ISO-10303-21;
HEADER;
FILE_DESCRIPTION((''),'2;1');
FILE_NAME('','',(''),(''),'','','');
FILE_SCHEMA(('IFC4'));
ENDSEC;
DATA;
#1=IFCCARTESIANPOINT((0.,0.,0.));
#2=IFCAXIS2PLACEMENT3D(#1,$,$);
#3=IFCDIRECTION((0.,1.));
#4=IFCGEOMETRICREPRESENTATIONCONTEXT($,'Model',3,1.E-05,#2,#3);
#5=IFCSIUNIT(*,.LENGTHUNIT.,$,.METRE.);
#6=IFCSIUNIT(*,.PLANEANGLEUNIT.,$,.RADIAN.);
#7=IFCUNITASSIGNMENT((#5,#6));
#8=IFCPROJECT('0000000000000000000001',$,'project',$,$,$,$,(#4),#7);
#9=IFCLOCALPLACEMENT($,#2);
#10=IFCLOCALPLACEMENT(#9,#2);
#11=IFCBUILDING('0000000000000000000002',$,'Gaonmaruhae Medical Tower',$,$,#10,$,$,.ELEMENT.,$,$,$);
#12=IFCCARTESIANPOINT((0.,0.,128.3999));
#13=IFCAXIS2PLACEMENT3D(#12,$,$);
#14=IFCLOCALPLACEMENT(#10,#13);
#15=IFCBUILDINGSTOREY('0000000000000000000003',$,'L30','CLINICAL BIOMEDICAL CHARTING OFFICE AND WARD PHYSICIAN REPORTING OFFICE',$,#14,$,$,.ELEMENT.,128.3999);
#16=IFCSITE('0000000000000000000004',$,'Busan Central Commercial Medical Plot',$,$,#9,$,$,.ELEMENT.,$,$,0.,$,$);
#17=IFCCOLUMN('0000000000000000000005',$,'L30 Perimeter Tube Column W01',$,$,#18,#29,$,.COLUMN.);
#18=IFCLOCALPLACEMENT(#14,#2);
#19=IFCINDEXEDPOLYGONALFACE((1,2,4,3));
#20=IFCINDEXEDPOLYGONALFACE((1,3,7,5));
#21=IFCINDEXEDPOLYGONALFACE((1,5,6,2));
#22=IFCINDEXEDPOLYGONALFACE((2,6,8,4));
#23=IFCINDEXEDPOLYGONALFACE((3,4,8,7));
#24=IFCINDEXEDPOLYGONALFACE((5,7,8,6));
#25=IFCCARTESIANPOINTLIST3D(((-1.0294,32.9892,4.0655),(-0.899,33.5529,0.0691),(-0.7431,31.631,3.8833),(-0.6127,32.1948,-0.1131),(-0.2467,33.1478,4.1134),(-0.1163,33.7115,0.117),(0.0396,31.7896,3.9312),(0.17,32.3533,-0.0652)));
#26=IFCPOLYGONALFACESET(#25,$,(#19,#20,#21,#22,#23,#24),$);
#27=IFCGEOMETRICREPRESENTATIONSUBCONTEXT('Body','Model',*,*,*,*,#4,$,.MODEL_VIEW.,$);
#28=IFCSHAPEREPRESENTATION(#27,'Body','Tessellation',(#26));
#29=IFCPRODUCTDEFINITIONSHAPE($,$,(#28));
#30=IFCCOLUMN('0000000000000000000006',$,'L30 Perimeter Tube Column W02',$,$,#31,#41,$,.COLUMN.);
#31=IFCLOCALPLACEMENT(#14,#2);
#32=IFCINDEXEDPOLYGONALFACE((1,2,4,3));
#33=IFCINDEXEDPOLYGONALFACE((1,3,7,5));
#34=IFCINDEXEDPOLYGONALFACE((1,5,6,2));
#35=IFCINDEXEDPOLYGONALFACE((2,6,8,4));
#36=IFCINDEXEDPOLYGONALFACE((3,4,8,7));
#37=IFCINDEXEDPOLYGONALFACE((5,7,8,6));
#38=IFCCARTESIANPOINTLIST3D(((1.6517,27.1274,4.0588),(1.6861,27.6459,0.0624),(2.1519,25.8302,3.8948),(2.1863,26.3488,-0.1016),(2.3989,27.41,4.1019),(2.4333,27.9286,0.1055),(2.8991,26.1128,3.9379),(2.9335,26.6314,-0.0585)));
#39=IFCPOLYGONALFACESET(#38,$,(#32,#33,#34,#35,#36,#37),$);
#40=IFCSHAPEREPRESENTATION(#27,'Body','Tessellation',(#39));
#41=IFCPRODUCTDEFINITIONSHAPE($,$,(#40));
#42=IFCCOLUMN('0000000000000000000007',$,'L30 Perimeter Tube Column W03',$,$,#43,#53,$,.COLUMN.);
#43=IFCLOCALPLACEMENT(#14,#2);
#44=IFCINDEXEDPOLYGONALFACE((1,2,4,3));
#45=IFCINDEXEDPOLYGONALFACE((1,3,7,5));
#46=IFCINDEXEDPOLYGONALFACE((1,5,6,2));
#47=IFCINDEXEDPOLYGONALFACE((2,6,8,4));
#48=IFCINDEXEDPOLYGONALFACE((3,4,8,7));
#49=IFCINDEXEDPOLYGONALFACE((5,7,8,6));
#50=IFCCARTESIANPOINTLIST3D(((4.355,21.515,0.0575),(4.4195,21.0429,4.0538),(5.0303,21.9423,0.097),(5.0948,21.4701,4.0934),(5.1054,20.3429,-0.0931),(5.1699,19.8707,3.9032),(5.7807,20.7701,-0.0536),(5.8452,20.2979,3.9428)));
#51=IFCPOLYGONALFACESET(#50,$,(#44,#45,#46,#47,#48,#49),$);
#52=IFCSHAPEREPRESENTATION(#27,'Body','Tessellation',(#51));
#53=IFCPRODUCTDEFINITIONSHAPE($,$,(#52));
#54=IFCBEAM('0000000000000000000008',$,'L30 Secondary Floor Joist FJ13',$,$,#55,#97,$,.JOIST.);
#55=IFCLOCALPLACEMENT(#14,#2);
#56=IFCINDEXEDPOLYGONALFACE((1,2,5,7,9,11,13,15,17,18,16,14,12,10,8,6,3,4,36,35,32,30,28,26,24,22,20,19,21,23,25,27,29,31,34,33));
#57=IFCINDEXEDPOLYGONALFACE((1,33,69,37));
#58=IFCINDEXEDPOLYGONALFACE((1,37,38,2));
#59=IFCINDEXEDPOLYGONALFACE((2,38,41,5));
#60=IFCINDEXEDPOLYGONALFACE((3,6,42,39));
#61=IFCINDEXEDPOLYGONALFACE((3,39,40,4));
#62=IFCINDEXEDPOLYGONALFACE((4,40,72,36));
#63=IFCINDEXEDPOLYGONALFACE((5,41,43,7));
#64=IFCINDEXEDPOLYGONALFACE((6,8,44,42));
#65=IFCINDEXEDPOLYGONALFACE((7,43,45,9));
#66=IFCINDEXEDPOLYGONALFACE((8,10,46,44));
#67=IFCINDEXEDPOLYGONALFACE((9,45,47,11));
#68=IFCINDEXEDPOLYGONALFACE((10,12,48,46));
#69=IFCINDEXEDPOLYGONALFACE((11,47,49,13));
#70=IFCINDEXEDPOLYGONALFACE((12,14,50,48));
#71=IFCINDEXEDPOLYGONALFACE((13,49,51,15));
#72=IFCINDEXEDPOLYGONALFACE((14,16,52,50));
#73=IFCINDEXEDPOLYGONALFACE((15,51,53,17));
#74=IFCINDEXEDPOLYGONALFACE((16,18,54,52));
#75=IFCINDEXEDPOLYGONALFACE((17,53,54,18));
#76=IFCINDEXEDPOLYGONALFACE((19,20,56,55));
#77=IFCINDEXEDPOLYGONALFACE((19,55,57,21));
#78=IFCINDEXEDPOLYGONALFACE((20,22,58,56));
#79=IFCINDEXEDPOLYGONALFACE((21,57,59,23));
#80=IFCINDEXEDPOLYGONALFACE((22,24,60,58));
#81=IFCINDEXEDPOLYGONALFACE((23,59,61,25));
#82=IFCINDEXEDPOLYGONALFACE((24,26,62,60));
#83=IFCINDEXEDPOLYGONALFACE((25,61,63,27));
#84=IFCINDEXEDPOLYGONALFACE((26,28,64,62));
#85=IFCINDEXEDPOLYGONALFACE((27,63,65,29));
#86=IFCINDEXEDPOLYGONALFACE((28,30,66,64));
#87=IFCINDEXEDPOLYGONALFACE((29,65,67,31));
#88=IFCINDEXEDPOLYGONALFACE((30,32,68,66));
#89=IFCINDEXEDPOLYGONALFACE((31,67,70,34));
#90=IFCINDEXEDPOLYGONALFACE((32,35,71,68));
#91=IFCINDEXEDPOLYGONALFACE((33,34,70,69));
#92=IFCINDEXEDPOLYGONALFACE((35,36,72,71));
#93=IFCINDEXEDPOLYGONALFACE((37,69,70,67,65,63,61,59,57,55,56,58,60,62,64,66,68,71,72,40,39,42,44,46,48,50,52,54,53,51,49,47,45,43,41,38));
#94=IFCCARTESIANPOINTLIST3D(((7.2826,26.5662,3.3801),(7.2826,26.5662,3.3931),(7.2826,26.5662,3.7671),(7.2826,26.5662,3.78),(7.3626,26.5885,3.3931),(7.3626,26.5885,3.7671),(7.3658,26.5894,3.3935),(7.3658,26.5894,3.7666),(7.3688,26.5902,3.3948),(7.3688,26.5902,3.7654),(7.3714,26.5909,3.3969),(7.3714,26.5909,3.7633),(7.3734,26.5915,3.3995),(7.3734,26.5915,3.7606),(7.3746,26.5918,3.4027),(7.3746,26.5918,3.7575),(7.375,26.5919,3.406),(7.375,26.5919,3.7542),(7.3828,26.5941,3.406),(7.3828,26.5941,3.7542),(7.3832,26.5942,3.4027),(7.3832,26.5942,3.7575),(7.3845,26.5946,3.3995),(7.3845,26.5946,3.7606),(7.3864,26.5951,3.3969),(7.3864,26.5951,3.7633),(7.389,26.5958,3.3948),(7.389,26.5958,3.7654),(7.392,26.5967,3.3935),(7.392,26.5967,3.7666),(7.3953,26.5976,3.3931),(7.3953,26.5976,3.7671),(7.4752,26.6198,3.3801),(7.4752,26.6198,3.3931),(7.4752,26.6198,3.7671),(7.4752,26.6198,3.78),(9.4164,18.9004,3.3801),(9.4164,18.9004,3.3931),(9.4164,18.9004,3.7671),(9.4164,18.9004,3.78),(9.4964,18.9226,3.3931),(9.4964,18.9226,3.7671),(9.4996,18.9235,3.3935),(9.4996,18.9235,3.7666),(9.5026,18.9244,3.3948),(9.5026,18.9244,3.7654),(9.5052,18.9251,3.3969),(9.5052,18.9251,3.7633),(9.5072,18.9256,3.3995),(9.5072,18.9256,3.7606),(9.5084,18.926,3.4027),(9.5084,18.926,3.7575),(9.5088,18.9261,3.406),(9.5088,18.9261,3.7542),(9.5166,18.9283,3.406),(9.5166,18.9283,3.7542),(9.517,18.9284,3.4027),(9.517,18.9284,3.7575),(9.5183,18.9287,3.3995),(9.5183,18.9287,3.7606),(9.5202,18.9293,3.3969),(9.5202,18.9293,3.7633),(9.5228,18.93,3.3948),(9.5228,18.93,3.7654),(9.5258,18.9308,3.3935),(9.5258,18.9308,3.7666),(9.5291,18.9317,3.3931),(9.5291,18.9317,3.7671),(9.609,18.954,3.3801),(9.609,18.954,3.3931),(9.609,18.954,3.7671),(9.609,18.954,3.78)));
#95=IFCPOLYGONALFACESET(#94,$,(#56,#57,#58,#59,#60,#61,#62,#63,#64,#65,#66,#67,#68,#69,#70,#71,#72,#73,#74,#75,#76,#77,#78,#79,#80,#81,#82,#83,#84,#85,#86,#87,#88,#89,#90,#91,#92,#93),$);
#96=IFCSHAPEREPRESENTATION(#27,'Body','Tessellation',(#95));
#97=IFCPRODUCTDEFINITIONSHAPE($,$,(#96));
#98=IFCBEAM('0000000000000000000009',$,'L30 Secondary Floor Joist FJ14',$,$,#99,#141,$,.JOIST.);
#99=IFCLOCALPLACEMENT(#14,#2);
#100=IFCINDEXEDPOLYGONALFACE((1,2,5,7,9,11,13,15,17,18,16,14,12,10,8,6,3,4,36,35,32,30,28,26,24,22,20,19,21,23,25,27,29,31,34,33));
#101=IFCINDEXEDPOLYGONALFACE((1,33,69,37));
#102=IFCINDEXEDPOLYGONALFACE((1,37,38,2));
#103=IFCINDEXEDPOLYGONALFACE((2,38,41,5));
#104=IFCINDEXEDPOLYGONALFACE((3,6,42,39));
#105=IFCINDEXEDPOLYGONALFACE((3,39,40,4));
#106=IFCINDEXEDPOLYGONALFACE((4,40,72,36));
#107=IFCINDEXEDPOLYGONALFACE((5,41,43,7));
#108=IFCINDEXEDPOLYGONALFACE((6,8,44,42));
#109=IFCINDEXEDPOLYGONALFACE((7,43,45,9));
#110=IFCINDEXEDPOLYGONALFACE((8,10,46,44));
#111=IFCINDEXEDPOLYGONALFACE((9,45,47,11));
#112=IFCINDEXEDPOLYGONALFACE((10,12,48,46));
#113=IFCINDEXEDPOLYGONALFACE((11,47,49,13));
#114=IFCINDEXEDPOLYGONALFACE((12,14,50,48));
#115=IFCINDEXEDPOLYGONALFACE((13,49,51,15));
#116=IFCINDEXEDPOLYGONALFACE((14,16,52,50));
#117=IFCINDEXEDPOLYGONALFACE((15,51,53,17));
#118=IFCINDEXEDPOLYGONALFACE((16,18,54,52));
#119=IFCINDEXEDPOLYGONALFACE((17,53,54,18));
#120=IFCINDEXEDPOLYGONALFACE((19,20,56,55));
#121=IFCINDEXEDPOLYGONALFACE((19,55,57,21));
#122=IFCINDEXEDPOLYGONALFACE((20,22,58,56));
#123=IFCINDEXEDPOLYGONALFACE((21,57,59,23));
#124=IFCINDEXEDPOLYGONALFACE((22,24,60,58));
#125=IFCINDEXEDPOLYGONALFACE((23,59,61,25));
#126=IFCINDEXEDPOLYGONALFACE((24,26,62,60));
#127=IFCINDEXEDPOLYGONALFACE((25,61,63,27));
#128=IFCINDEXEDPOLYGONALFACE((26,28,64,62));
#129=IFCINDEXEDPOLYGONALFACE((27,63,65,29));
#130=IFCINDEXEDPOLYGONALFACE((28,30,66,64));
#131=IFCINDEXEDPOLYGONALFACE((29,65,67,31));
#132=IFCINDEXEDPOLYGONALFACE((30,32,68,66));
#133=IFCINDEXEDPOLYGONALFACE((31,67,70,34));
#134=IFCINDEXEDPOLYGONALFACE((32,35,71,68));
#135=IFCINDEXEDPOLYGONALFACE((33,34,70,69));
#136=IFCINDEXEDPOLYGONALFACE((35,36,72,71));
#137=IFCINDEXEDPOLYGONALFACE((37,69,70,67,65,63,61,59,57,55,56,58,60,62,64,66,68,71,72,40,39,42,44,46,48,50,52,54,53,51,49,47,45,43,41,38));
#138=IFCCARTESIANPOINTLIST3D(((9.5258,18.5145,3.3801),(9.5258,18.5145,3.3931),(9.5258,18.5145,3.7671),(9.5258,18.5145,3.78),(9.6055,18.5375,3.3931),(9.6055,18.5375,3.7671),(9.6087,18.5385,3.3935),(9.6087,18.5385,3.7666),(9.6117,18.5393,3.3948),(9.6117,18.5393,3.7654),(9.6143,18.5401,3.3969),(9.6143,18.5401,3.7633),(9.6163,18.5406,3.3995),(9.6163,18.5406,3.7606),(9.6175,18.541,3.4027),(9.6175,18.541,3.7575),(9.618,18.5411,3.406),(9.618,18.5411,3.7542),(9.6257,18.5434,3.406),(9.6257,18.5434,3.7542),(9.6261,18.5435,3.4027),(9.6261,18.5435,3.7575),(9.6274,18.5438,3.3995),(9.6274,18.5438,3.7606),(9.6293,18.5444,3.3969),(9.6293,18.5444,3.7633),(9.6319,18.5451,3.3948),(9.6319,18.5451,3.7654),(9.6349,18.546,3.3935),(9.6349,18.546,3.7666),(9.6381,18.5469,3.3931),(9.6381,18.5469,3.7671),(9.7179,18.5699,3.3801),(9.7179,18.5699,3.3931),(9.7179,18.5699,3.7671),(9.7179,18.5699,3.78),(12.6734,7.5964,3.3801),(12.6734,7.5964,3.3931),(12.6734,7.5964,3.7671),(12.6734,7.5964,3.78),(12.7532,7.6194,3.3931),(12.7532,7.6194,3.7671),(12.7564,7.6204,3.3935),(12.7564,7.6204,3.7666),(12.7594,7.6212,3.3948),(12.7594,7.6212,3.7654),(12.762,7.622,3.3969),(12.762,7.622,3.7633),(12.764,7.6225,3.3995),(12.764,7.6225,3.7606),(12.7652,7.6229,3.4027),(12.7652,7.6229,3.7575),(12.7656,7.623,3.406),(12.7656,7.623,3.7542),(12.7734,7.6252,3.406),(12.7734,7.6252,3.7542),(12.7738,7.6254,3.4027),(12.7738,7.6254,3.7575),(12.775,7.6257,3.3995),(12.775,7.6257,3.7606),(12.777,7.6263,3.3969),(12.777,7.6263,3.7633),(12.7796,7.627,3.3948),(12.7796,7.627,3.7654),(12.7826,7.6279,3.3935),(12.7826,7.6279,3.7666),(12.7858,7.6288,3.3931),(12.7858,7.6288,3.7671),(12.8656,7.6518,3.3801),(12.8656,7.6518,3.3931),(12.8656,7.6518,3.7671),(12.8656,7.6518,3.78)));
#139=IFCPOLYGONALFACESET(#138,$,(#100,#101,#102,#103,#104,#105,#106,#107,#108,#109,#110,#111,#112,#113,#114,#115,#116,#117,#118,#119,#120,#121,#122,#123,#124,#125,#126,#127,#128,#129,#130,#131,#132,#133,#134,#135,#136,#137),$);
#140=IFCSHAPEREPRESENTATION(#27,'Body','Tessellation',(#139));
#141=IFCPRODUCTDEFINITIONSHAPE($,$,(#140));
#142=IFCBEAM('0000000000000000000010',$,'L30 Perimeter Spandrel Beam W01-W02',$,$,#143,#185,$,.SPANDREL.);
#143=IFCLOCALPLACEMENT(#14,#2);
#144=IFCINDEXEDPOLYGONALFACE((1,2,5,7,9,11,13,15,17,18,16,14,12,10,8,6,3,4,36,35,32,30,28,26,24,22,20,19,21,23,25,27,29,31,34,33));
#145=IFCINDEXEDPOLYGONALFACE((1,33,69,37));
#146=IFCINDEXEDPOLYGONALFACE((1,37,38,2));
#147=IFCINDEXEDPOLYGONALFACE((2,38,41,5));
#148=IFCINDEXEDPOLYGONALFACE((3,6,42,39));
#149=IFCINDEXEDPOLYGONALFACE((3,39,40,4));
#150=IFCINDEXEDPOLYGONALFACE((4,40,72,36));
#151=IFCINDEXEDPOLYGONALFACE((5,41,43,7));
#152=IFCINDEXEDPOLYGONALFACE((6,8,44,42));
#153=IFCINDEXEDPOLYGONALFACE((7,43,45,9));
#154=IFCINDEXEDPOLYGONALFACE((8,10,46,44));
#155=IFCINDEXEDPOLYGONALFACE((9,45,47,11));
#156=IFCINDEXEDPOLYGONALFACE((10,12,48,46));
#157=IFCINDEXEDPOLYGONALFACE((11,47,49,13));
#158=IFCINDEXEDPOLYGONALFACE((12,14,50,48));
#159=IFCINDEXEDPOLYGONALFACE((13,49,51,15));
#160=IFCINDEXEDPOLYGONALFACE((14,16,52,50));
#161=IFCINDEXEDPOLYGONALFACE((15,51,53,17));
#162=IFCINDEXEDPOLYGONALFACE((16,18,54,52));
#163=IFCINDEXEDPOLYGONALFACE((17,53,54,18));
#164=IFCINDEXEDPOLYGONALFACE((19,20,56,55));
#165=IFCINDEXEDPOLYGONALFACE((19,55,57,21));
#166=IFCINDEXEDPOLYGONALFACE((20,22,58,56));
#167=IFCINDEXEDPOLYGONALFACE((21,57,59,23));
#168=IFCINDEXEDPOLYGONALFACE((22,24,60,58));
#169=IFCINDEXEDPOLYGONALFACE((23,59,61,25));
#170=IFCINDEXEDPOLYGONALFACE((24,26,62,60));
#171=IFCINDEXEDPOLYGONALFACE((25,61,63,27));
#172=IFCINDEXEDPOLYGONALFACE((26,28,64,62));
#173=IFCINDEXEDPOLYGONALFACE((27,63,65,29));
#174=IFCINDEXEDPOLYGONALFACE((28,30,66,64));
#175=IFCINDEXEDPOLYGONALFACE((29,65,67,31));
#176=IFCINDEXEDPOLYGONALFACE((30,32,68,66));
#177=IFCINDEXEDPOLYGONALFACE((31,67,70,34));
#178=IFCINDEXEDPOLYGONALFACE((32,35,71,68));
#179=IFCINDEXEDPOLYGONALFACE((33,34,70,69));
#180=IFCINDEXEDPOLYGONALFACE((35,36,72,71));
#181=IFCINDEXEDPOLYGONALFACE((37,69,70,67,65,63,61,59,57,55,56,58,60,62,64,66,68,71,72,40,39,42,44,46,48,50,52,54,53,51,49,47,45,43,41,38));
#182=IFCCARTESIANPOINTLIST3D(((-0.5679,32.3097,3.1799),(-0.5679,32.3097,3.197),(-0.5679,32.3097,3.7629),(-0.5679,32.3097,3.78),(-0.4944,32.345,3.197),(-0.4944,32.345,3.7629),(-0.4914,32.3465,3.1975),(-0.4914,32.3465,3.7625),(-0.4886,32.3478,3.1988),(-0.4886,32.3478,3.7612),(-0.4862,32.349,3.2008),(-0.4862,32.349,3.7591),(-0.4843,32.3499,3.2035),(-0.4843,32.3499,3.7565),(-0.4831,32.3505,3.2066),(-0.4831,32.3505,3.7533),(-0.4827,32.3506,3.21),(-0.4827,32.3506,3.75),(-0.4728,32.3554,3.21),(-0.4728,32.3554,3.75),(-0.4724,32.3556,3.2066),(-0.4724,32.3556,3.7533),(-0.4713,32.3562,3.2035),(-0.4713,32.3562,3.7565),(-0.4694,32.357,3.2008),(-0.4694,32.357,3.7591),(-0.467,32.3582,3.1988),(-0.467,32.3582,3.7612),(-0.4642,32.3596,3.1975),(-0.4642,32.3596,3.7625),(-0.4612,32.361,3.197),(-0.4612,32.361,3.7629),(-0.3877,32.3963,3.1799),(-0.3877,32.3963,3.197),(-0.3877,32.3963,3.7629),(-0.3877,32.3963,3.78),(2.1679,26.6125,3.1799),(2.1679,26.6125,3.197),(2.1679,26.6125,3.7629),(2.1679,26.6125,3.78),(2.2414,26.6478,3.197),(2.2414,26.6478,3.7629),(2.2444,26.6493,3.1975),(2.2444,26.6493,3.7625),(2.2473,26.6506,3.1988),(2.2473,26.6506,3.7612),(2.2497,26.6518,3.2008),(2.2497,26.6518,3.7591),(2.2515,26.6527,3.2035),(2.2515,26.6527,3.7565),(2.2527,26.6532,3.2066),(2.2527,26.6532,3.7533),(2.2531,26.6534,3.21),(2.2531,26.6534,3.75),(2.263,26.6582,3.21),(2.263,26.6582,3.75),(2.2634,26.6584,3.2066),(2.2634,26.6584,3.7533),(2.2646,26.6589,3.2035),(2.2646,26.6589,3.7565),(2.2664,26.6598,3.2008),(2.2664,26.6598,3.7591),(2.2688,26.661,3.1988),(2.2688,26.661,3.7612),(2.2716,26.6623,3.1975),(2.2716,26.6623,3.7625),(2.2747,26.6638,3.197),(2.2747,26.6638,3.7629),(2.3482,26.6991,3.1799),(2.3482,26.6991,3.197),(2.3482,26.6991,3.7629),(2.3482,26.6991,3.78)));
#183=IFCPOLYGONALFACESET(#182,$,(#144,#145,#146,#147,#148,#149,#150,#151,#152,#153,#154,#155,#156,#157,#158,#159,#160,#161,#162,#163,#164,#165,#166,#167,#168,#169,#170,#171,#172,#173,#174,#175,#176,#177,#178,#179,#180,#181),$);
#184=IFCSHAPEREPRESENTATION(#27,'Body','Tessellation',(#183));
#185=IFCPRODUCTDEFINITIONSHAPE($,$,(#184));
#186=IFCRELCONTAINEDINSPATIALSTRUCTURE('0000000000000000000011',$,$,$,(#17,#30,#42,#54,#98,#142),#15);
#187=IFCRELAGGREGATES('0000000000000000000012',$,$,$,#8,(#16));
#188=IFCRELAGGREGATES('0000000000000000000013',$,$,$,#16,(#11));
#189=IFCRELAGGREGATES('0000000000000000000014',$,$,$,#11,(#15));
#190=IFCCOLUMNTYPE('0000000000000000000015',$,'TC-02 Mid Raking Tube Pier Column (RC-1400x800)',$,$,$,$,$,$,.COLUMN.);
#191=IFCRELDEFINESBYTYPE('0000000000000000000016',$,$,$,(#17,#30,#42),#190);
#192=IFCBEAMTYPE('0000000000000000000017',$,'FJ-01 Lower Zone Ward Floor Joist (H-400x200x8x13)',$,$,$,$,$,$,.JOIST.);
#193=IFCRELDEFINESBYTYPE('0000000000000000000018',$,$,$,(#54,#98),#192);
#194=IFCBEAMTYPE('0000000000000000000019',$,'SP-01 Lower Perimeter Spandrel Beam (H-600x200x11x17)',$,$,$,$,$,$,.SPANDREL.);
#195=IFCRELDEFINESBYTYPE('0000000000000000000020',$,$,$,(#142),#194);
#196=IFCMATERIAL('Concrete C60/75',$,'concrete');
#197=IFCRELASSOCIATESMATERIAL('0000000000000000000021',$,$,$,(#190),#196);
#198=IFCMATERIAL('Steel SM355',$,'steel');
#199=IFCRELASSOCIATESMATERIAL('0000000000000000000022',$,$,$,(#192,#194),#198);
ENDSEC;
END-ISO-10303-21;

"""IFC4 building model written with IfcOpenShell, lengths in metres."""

from ifc_helpers import new_model, si_unit, direction, frame, origin, origin_2d, place, context, subcontext, project, spatial, rectangle, i_section, extrude, material, material_profile, profile_set, type_object, element, save


model = new_model("IFC4")

# Units and contexts
model_context = context("Model", 3, precision=1e-05, world=origin(), true_north=direction((0.0, 1.0)))
body_context = subcontext(model_context, "Body", "Model", "MODEL_VIEW")
ifc_project = project(units=[si_unit("LENGTHUNIT", "METRE"), si_unit("PLANEANGLEUNIT", "RADIAN")], contexts=[model_context])

# Site, building, storey
site_placement = place(None, origin())
site = spatial("IfcSite", under=ifc_project, at=site_placement, Name="Busan Central Commercial Medical Plot", CompositionType="ELEMENT", RefElevation=0.0)
building_placement = place(site_placement, origin())
building = spatial("IfcBuilding", under=site, at=building_placement, Name="Gaonmaruhae Medical Tower", CompositionType="ELEMENT")
storey_placement = place(building_placement, frame((0.0, 0.0, 128.3999)))
storey = spatial("IfcBuildingStorey", under=building, at=storey_placement, Name="L30", Description="CLINICAL BIOMEDICAL CHARTING OFFICE AND WARD PHYSICIAN REPORTING OFFICE", CompositionType="ELEMENT", Elevation=128.3999)

# Columns
ifc_material_1 = material(Name="Concrete C60/75", Category="concrete")
ifc_material_profile_1 = material_profile(ifc_material_1, rectangle(XDim=1.3999, YDim=0.8, at=origin_2d()), Name="RC-1400x800")
ifc_profile_set_1 = profile_set([ifc_material_profile_1], Name="Concrete C60/75")
column_type = type_object("IfcColumnType", Name="TC-02 Mid Raking Tube Pier Column (RC-1400x800)", PredefinedType="COLUMN", material=ifc_profile_set_1)
column_1_placement = place(storey_placement, frame((-0.3645, 32.9531, 0.002), z_axis=(-0.032286, -0.139604, 0.989681), x_axis=(-0.204527, 0.970166, 0.130179)))
element("IfcColumn", 1, at=column_1_placement, inside=storey, type_object=column_type, Name="L30 Perimeter Tube Column W01", PredefinedType="COLUMN", context=body_context, shape_type="SweptSolid", body=[
    extrude(rectangle(XDim=1.3999, YDim=0.8, at=origin_2d()), origin(), (0.0, 0.0, 1.0), 4.0381),
])
column_2_placement = place(storey_placement, frame((2.3098, 27.1387, 0.002), z_axis=(-0.008542, -0.128674, 0.99165), x_axis=(-0.357274, 0.926623, 0.117159)))
element("IfcColumn", 2, at=column_2_placement, inside=storey, type_object=column_type, Name="L30 Perimeter Tube Column W02", PredefinedType="COLUMN", context=body_context, shape_type="SweptSolid", body=[
    extrude(rectangle(XDim=1.3999, YDim=0.8, at=origin_2d()), origin(), (0.0, 0.0, 1.0), 4.03),
])
column_3_placement = place(storey_placement, frame((5.0679, 21.1426, 0.002), z_axis=(0.016015, -0.117319, 0.992965), x_axis=(-0.536039, 0.837311, 0.107574)))
element("IfcColumn", 3, at=column_3_placement, inside=storey, type_object=column_type, Name="L30 Perimeter Tube Column W03", PredefinedType="COLUMN", context=body_context, shape_type="SweptSolid", body=[
    extrude(rectangle(XDim=1.3999, YDim=0.8, at=origin_2d()), origin(), (0.0, 0.0, 1.0), 4.0247),
])

# Beams
ifc_material_2 = material(Name="Steel SM355", Category="steel")
ifc_material_profile_2 = material_profile(ifc_material_2, i_section(OverallWidth=0.2, OverallDepth=0.3999, WebThickness=0.0081, FlangeThickness=0.0129, FilletRadius=0.0129, at=origin_2d()), Name="H-400x200x8x13")
ifc_profile_set_2 = profile_set([ifc_material_profile_2], Name="Steel SM355")
beam_type_1 = type_object("IfcBeamType", Name="FJ-01 Lower Zone Ward Floor Joist (H-400x200x8x13)", PredefinedType="JOIST", material=ifc_profile_set_2)
beam_1_placement = place(storey_placement, frame((7.3789, 26.593, 3.5801), z_axis=(0.268158, -0.963375, 0.0), x_axis=(0.963375, 0.268158, 0.0)))
element("IfcBeam", 4, at=beam_1_placement, inside=storey, type_object=beam_type_1, Name="L30 Secondary Floor Joist FJ13", PredefinedType="JOIST", context=body_context, shape_type="SweptSolid", body=[
    extrude(i_section(OverallWidth=0.2, OverallDepth=0.3999, WebThickness=0.0081, FlangeThickness=0.0129, FilletRadius=0.0129, at=origin_2d()), origin(), (0.0, 0.0, 1.0), 7.9573),
])
beam_2_placement = place(storey_placement, frame((9.6218, 18.5422, 3.5801), z_axis=(0.277016, -0.960865, 0.0), x_axis=(0.960865, 0.277016, 0.0)))
element("IfcBeam", 5, at=beam_2_placement, inside=storey, type_object=beam_type_1, Name="L30 Secondary Floor Joist FJ14", PredefinedType="JOIST", context=body_context, shape_type="SweptSolid", body=[
    extrude(i_section(OverallWidth=0.2, OverallDepth=0.3999, WebThickness=0.0081, FlangeThickness=0.0129, FilletRadius=0.0129, at=origin_2d()), origin(), (0.0, 0.0, 1.0), 11.3628),
])
ifc_material_profile_3 = material_profile(ifc_material_2, i_section(OverallWidth=0.2, OverallDepth=0.6001, WebThickness=0.011, FlangeThickness=0.0171, FilletRadius=0.0129, at=origin_2d()), Name="H-600x200x11x17")
ifc_profile_set_3 = profile_set([ifc_material_profile_3], Name="Steel SM355")
beam_type_2 = type_object("IfcBeamType", Name="SP-01 Lower Perimeter Spandrel Beam (H-600x200x11x17)", PredefinedType="SPANDREL", material=ifc_profile_set_3)
beam_3_placement = place(storey_placement, frame((-0.4778, 32.353, 3.48), z_axis=(0.432879, -0.901452, 0.0), x_axis=(0.901452, 0.432879, 0.0)))
element("IfcBeam", 6, at=beam_3_placement, inside=storey, type_object=beam_type_2, Name="L30 Perimeter Spandrel Beam W01-W02", PredefinedType="SPANDREL", context=body_context, shape_type="SweptSolid", body=[
    extrude(i_section(OverallWidth=0.2, OverallDepth=0.6001, WebThickness=0.011, FlangeThickness=0.0171, FilletRadius=0.0129, at=origin_2d()), origin(), (0.0, 0.0, 1.0), 6.3201),
])

save(model, "model.ifc")
